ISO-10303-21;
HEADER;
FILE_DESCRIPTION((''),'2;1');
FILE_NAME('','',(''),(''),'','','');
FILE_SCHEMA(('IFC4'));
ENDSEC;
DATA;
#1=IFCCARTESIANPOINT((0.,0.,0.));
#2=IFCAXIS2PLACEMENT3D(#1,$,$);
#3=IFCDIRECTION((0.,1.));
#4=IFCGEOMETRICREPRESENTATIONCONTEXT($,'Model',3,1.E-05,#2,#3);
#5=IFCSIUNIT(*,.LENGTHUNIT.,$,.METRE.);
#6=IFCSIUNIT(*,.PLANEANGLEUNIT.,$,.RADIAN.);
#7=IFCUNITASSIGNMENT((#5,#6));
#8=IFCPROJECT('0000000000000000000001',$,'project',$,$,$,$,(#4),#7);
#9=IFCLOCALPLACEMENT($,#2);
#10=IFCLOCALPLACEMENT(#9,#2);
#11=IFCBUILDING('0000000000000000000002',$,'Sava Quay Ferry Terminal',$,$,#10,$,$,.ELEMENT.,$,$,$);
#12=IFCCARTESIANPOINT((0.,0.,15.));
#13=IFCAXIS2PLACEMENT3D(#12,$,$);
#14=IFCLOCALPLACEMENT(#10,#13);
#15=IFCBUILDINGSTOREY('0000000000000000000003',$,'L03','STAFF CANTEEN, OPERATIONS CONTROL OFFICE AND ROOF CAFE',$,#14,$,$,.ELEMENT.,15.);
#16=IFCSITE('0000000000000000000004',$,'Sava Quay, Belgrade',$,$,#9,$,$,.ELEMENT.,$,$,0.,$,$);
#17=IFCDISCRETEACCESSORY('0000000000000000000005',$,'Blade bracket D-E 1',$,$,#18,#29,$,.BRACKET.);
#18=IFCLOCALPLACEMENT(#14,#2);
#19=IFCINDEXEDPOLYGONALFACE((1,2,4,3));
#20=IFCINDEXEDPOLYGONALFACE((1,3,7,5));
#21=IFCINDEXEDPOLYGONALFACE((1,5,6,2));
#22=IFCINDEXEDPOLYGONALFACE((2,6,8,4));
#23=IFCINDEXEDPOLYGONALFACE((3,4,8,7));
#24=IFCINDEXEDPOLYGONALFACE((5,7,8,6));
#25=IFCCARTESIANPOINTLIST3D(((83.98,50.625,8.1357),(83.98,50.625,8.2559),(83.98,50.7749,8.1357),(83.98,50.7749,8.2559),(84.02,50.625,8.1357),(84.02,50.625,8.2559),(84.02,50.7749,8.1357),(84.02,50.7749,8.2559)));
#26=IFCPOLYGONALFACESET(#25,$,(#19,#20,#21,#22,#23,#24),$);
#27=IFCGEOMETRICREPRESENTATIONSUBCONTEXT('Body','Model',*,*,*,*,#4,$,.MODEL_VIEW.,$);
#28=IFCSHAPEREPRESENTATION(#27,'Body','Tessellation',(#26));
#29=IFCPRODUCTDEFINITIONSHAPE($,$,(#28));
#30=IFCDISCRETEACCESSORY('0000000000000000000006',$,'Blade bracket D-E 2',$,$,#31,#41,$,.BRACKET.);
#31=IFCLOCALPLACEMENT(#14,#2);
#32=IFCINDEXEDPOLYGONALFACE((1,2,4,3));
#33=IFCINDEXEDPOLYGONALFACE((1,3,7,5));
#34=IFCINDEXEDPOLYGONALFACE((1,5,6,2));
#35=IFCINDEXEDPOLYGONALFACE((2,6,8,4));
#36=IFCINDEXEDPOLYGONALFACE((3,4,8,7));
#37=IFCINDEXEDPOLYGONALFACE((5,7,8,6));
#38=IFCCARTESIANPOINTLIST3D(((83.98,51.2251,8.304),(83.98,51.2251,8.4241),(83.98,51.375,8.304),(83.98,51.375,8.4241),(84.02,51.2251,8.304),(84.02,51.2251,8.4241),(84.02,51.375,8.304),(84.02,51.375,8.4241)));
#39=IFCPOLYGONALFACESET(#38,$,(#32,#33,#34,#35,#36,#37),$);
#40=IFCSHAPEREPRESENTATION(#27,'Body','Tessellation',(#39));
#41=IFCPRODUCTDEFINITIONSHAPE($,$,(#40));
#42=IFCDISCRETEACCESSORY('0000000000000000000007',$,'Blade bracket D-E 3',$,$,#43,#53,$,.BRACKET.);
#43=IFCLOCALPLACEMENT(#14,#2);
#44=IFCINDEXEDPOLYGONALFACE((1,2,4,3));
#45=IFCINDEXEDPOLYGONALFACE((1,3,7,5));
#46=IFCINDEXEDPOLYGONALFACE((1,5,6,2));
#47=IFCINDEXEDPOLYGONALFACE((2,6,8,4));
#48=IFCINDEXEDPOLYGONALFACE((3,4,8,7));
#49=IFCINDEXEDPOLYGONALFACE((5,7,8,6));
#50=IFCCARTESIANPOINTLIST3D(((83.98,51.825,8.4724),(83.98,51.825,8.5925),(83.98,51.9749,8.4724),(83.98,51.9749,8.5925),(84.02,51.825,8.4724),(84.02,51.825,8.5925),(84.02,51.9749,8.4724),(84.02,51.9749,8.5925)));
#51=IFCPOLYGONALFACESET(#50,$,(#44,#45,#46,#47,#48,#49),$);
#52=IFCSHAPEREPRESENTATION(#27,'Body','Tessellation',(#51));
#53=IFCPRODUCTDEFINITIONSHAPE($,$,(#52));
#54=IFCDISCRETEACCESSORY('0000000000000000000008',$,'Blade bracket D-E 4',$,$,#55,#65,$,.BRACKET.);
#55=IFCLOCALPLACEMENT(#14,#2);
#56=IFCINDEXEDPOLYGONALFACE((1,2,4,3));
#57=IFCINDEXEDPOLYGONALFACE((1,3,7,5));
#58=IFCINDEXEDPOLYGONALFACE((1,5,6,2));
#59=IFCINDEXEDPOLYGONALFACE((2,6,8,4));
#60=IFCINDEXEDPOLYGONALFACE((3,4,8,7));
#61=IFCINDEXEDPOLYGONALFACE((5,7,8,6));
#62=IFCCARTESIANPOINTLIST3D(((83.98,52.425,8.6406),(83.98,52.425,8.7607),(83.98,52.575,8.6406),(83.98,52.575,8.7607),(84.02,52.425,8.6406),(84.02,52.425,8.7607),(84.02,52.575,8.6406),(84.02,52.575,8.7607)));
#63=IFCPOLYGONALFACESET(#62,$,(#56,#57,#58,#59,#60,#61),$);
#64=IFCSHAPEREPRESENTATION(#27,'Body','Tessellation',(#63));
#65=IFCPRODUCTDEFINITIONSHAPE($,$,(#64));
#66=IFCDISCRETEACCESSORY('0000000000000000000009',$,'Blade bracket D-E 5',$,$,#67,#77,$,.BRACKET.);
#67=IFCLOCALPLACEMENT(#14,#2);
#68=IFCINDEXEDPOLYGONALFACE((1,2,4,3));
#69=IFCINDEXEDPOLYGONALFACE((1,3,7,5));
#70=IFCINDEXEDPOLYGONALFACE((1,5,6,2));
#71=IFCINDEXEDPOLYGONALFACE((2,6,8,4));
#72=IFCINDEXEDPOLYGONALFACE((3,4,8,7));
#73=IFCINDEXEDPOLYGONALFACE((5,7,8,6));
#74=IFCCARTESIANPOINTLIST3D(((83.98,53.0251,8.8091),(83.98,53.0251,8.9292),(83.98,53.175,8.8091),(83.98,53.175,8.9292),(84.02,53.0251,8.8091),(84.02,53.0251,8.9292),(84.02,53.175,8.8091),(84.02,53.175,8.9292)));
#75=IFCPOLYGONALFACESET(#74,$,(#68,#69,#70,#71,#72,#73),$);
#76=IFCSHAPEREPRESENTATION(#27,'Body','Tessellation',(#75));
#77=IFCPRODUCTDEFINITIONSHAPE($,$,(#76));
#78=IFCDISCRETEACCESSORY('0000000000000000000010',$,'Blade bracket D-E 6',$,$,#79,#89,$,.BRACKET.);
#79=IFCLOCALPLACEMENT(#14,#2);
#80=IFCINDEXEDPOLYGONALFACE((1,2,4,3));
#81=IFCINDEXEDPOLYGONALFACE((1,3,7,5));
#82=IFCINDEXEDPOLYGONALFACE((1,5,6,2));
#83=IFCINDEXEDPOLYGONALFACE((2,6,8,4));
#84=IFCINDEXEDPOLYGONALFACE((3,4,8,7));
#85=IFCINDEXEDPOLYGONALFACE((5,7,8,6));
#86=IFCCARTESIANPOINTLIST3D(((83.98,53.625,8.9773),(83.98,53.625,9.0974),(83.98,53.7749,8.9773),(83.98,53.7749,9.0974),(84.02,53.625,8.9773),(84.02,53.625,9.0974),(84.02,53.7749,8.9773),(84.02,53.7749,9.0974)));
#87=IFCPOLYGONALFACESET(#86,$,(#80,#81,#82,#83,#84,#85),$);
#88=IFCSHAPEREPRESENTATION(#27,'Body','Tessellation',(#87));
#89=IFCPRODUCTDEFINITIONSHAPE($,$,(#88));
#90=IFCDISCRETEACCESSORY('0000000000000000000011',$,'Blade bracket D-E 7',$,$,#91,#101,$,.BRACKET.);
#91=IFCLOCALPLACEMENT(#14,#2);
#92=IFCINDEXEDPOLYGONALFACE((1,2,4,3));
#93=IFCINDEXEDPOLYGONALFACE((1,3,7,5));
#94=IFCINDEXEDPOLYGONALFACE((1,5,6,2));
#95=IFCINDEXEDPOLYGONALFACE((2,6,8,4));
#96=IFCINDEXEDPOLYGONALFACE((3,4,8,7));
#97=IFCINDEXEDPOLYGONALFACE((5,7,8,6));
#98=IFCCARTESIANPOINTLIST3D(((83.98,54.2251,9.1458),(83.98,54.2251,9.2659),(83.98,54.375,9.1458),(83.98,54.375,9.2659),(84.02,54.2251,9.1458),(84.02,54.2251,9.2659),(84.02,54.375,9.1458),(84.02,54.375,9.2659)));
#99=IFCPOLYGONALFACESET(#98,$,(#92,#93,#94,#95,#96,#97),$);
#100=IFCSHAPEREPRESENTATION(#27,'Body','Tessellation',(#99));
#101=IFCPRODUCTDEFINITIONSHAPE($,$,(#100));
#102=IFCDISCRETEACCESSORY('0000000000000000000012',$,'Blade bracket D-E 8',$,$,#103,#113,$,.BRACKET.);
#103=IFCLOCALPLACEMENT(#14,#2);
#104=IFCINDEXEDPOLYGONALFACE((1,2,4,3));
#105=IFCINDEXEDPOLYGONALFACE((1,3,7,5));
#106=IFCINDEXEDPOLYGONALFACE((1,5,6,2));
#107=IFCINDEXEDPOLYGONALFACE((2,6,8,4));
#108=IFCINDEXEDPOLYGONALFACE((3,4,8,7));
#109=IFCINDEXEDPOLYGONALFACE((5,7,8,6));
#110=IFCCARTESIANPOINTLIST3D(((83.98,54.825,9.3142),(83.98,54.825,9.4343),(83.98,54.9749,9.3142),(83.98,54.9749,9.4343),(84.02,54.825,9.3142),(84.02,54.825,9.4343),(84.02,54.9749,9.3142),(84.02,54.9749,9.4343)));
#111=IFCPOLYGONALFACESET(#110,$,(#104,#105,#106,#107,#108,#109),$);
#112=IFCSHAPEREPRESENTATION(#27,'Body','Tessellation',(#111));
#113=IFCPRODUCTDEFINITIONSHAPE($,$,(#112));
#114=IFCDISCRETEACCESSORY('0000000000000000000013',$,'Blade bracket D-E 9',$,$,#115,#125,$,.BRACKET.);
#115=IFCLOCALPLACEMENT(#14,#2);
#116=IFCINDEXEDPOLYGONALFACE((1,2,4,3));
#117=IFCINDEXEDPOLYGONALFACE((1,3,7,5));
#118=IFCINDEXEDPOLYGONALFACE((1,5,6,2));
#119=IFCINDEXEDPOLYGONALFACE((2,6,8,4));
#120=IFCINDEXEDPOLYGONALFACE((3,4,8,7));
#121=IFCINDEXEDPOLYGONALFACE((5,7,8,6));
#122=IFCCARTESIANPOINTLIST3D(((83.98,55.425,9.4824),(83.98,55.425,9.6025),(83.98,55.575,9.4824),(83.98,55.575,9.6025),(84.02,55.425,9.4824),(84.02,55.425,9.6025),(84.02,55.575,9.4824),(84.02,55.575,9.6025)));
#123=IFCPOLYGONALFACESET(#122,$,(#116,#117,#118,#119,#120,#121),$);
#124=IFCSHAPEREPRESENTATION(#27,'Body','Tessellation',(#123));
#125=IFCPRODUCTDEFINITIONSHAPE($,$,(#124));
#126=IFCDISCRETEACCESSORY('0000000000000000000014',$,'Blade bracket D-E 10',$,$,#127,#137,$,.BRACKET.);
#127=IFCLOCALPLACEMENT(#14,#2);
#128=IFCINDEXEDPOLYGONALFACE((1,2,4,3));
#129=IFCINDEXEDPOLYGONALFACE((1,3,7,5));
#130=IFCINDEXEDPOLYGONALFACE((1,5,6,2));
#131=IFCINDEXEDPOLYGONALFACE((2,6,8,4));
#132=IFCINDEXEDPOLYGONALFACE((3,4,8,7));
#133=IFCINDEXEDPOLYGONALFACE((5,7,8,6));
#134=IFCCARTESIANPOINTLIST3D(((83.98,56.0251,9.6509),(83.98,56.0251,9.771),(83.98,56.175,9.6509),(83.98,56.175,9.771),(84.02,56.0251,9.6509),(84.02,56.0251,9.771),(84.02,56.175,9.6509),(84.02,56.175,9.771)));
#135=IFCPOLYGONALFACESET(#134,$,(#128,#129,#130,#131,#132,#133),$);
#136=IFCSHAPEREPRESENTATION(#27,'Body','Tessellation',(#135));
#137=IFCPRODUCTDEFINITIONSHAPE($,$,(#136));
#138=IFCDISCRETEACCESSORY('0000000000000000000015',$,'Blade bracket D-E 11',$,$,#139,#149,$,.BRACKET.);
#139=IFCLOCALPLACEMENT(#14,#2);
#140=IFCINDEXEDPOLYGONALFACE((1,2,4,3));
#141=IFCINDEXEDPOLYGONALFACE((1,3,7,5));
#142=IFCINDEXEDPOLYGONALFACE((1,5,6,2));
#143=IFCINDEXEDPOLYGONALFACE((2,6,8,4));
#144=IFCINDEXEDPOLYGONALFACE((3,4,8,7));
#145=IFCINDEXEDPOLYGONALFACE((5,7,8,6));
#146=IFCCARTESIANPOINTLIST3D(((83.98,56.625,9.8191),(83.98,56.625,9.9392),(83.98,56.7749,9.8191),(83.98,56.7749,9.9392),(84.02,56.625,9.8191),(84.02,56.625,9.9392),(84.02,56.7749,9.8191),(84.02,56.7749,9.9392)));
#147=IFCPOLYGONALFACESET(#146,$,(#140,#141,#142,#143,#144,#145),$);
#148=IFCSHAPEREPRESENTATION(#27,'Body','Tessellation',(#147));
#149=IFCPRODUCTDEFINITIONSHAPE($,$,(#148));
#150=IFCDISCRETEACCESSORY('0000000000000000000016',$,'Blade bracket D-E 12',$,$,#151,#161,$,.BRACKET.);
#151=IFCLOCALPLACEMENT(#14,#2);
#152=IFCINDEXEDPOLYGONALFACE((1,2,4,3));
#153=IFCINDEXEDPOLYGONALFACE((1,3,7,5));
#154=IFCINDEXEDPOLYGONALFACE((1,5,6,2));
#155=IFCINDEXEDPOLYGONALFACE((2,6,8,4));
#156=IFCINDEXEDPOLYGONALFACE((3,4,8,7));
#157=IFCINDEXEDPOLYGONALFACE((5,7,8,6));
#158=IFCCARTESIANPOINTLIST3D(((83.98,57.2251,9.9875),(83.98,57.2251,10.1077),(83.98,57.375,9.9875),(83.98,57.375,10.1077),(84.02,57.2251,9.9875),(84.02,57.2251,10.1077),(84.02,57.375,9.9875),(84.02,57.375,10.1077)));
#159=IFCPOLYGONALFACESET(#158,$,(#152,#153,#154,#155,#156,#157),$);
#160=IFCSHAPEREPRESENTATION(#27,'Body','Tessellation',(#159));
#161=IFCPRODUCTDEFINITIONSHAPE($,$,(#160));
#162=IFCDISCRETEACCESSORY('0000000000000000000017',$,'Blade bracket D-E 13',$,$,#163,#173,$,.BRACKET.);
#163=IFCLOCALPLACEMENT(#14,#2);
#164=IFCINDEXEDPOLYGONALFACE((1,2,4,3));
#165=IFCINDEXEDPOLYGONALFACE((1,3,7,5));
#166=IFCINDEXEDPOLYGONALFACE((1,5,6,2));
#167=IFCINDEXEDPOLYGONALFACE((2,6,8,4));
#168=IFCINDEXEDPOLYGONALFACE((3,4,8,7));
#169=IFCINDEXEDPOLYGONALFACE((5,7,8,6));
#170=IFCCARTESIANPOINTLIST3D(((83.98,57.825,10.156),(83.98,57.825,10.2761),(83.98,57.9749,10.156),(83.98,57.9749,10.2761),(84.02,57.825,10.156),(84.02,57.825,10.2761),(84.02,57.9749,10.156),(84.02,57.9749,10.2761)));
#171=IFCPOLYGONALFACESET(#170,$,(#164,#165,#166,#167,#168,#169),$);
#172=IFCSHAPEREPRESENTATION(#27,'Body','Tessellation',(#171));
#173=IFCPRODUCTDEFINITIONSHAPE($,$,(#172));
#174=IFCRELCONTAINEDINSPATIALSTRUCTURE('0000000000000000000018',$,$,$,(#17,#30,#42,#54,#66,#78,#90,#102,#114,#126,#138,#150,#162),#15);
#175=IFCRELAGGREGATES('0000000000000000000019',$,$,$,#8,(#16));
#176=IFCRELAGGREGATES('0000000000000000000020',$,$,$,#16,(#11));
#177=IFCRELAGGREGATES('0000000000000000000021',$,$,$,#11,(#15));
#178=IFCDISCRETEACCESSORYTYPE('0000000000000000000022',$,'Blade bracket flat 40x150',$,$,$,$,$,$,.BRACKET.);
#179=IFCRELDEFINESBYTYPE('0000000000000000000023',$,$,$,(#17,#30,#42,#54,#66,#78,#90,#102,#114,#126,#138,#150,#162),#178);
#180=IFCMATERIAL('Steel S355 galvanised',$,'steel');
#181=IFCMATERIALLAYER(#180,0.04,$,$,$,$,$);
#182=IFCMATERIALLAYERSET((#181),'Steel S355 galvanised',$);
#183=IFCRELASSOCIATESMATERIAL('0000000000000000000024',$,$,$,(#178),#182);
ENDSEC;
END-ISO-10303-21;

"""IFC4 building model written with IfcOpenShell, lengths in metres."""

from ifc_helpers import new_model, si_unit, direction, frame, origin, origin_2d, place, context, subcontext, project, spatial, rectangle, extrude, material, layer, layer_set, type_object, element, save


model = new_model("IFC4")

# Units and contexts
model_context = context("Model", 3, precision=1e-05, world=origin(), true_north=direction((0.0, 1.0)))
body_context = subcontext(model_context, "Body", "Model", "MODEL_VIEW")
ifc_project = project(units=[si_unit("LENGTHUNIT", "METRE"), si_unit("PLANEANGLEUNIT", "RADIAN")], contexts=[model_context])

# Site, building, storey
site_placement = place(None, origin())
site = spatial("IfcSite", under=ifc_project, at=site_placement, Name="Sava Quay, Belgrade", CompositionType="ELEMENT", RefElevation=0.0)
building_placement = place(site_placement, origin())
building = spatial("IfcBuilding", under=site, at=building_placement, Name="Sava Quay Ferry Terminal", CompositionType="ELEMENT")
storey_placement = place(building_placement, frame((0.0, 0.0, 15.0)))
storey = spatial("IfcBuildingStorey", under=building, at=storey_placement, Name="L03", Description="STAFF CANTEEN, OPERATIONS CONTROL OFFICE AND ROOF CAFE", CompositionType="ELEMENT", Elevation=15.0)

# Discrete accessories
ifc_material_1 = material(Name="Steel S355 galvanised", Category="steel")
ifc_layer_1 = layer(ifc_material_1, 0.04)
ifc_layer_set_1 = layer_set([ifc_layer_1], Name="Steel S355 galvanised")
discrete_accessory_type = type_object("IfcDiscreteAccessoryType", Name="Blade bracket flat 40x150", PredefinedType="BRACKET", material=ifc_layer_set_1)
for number, where, z_axis, x_axis, name in (
    (1, (84.0, 50.7, 8.1357), (0.0, 0.0, 1.0), (1.0, 0.0, 0.0), "Blade bracket D-E 1"),
    (2, (84.0, 51.3, 8.304), (0.0, 0.0, 1.0), (1.0, 0.0, 0.0), "Blade bracket D-E 2"),
    (3, (84.0, 51.8999, 8.4724), (0.0, 0.0, 1.0), (1.0, 0.0, 0.0), "Blade bracket D-E 3"),
    (4, (84.0, 52.5, 8.6406), (0.0, 0.0, 1.0), (1.0, 0.0, 0.0), "Blade bracket D-E 4"),
    (5, (84.0, 53.1001, 8.8091), (0.0, 0.0, 1.0), (1.0, 0.0, 0.0), "Blade bracket D-E 5"),
    (6, (84.0, 53.7, 8.9773), (0.0, 0.0, 1.0), (1.0, 0.0, 0.0), "Blade bracket D-E 6"),
    (7, (84.0, 54.3, 9.1458), (0.0, 0.0, 1.0), (1.0, 0.0, 0.0), "Blade bracket D-E 7"),
    (8, (84.0, 54.8999, 9.3142), (0.0, 0.0, 1.0), (1.0, 0.0, 0.0), "Blade bracket D-E 8"),
    (9, (84.0, 55.5, 9.4824), (0.0, 0.0, 1.0), (1.0, 0.0, 0.0), "Blade bracket D-E 9"),
    (10, (84.0, 56.1001, 9.6509), (0.0, 0.0, 1.0), (1.0, 0.0, 0.0), "Blade bracket D-E 10"),
    (11, (84.0, 56.7, 9.8191), (0.0, 0.0, 1.0), (1.0, 0.0, 0.0), "Blade bracket D-E 11"),
    (12, (84.0, 57.3, 9.9875), (0.0, 0.0, 1.0), (1.0, 0.0, 0.0), "Blade bracket D-E 12"),
    (13, (84.0, 57.8999, 10.156), (0.0, 0.0, 1.0), (1.0, 0.0, 0.0), "Blade bracket D-E 13"),
):
    element("IfcDiscreteAccessory", number, at=place(storey_placement, frame(where, z_axis=z_axis, x_axis=x_axis)), inside=storey, type_object=discrete_accessory_type, Name=name, PredefinedType="BRACKET", context=body_context, shape_type="SweptSolid", body=[
        extrude(rectangle(XDim=0.04, YDim=0.1499, at=origin_2d()), origin(), (0.0, 0.0, 1.0), 0.1201),
    ])

save(model, "model.ifc")
